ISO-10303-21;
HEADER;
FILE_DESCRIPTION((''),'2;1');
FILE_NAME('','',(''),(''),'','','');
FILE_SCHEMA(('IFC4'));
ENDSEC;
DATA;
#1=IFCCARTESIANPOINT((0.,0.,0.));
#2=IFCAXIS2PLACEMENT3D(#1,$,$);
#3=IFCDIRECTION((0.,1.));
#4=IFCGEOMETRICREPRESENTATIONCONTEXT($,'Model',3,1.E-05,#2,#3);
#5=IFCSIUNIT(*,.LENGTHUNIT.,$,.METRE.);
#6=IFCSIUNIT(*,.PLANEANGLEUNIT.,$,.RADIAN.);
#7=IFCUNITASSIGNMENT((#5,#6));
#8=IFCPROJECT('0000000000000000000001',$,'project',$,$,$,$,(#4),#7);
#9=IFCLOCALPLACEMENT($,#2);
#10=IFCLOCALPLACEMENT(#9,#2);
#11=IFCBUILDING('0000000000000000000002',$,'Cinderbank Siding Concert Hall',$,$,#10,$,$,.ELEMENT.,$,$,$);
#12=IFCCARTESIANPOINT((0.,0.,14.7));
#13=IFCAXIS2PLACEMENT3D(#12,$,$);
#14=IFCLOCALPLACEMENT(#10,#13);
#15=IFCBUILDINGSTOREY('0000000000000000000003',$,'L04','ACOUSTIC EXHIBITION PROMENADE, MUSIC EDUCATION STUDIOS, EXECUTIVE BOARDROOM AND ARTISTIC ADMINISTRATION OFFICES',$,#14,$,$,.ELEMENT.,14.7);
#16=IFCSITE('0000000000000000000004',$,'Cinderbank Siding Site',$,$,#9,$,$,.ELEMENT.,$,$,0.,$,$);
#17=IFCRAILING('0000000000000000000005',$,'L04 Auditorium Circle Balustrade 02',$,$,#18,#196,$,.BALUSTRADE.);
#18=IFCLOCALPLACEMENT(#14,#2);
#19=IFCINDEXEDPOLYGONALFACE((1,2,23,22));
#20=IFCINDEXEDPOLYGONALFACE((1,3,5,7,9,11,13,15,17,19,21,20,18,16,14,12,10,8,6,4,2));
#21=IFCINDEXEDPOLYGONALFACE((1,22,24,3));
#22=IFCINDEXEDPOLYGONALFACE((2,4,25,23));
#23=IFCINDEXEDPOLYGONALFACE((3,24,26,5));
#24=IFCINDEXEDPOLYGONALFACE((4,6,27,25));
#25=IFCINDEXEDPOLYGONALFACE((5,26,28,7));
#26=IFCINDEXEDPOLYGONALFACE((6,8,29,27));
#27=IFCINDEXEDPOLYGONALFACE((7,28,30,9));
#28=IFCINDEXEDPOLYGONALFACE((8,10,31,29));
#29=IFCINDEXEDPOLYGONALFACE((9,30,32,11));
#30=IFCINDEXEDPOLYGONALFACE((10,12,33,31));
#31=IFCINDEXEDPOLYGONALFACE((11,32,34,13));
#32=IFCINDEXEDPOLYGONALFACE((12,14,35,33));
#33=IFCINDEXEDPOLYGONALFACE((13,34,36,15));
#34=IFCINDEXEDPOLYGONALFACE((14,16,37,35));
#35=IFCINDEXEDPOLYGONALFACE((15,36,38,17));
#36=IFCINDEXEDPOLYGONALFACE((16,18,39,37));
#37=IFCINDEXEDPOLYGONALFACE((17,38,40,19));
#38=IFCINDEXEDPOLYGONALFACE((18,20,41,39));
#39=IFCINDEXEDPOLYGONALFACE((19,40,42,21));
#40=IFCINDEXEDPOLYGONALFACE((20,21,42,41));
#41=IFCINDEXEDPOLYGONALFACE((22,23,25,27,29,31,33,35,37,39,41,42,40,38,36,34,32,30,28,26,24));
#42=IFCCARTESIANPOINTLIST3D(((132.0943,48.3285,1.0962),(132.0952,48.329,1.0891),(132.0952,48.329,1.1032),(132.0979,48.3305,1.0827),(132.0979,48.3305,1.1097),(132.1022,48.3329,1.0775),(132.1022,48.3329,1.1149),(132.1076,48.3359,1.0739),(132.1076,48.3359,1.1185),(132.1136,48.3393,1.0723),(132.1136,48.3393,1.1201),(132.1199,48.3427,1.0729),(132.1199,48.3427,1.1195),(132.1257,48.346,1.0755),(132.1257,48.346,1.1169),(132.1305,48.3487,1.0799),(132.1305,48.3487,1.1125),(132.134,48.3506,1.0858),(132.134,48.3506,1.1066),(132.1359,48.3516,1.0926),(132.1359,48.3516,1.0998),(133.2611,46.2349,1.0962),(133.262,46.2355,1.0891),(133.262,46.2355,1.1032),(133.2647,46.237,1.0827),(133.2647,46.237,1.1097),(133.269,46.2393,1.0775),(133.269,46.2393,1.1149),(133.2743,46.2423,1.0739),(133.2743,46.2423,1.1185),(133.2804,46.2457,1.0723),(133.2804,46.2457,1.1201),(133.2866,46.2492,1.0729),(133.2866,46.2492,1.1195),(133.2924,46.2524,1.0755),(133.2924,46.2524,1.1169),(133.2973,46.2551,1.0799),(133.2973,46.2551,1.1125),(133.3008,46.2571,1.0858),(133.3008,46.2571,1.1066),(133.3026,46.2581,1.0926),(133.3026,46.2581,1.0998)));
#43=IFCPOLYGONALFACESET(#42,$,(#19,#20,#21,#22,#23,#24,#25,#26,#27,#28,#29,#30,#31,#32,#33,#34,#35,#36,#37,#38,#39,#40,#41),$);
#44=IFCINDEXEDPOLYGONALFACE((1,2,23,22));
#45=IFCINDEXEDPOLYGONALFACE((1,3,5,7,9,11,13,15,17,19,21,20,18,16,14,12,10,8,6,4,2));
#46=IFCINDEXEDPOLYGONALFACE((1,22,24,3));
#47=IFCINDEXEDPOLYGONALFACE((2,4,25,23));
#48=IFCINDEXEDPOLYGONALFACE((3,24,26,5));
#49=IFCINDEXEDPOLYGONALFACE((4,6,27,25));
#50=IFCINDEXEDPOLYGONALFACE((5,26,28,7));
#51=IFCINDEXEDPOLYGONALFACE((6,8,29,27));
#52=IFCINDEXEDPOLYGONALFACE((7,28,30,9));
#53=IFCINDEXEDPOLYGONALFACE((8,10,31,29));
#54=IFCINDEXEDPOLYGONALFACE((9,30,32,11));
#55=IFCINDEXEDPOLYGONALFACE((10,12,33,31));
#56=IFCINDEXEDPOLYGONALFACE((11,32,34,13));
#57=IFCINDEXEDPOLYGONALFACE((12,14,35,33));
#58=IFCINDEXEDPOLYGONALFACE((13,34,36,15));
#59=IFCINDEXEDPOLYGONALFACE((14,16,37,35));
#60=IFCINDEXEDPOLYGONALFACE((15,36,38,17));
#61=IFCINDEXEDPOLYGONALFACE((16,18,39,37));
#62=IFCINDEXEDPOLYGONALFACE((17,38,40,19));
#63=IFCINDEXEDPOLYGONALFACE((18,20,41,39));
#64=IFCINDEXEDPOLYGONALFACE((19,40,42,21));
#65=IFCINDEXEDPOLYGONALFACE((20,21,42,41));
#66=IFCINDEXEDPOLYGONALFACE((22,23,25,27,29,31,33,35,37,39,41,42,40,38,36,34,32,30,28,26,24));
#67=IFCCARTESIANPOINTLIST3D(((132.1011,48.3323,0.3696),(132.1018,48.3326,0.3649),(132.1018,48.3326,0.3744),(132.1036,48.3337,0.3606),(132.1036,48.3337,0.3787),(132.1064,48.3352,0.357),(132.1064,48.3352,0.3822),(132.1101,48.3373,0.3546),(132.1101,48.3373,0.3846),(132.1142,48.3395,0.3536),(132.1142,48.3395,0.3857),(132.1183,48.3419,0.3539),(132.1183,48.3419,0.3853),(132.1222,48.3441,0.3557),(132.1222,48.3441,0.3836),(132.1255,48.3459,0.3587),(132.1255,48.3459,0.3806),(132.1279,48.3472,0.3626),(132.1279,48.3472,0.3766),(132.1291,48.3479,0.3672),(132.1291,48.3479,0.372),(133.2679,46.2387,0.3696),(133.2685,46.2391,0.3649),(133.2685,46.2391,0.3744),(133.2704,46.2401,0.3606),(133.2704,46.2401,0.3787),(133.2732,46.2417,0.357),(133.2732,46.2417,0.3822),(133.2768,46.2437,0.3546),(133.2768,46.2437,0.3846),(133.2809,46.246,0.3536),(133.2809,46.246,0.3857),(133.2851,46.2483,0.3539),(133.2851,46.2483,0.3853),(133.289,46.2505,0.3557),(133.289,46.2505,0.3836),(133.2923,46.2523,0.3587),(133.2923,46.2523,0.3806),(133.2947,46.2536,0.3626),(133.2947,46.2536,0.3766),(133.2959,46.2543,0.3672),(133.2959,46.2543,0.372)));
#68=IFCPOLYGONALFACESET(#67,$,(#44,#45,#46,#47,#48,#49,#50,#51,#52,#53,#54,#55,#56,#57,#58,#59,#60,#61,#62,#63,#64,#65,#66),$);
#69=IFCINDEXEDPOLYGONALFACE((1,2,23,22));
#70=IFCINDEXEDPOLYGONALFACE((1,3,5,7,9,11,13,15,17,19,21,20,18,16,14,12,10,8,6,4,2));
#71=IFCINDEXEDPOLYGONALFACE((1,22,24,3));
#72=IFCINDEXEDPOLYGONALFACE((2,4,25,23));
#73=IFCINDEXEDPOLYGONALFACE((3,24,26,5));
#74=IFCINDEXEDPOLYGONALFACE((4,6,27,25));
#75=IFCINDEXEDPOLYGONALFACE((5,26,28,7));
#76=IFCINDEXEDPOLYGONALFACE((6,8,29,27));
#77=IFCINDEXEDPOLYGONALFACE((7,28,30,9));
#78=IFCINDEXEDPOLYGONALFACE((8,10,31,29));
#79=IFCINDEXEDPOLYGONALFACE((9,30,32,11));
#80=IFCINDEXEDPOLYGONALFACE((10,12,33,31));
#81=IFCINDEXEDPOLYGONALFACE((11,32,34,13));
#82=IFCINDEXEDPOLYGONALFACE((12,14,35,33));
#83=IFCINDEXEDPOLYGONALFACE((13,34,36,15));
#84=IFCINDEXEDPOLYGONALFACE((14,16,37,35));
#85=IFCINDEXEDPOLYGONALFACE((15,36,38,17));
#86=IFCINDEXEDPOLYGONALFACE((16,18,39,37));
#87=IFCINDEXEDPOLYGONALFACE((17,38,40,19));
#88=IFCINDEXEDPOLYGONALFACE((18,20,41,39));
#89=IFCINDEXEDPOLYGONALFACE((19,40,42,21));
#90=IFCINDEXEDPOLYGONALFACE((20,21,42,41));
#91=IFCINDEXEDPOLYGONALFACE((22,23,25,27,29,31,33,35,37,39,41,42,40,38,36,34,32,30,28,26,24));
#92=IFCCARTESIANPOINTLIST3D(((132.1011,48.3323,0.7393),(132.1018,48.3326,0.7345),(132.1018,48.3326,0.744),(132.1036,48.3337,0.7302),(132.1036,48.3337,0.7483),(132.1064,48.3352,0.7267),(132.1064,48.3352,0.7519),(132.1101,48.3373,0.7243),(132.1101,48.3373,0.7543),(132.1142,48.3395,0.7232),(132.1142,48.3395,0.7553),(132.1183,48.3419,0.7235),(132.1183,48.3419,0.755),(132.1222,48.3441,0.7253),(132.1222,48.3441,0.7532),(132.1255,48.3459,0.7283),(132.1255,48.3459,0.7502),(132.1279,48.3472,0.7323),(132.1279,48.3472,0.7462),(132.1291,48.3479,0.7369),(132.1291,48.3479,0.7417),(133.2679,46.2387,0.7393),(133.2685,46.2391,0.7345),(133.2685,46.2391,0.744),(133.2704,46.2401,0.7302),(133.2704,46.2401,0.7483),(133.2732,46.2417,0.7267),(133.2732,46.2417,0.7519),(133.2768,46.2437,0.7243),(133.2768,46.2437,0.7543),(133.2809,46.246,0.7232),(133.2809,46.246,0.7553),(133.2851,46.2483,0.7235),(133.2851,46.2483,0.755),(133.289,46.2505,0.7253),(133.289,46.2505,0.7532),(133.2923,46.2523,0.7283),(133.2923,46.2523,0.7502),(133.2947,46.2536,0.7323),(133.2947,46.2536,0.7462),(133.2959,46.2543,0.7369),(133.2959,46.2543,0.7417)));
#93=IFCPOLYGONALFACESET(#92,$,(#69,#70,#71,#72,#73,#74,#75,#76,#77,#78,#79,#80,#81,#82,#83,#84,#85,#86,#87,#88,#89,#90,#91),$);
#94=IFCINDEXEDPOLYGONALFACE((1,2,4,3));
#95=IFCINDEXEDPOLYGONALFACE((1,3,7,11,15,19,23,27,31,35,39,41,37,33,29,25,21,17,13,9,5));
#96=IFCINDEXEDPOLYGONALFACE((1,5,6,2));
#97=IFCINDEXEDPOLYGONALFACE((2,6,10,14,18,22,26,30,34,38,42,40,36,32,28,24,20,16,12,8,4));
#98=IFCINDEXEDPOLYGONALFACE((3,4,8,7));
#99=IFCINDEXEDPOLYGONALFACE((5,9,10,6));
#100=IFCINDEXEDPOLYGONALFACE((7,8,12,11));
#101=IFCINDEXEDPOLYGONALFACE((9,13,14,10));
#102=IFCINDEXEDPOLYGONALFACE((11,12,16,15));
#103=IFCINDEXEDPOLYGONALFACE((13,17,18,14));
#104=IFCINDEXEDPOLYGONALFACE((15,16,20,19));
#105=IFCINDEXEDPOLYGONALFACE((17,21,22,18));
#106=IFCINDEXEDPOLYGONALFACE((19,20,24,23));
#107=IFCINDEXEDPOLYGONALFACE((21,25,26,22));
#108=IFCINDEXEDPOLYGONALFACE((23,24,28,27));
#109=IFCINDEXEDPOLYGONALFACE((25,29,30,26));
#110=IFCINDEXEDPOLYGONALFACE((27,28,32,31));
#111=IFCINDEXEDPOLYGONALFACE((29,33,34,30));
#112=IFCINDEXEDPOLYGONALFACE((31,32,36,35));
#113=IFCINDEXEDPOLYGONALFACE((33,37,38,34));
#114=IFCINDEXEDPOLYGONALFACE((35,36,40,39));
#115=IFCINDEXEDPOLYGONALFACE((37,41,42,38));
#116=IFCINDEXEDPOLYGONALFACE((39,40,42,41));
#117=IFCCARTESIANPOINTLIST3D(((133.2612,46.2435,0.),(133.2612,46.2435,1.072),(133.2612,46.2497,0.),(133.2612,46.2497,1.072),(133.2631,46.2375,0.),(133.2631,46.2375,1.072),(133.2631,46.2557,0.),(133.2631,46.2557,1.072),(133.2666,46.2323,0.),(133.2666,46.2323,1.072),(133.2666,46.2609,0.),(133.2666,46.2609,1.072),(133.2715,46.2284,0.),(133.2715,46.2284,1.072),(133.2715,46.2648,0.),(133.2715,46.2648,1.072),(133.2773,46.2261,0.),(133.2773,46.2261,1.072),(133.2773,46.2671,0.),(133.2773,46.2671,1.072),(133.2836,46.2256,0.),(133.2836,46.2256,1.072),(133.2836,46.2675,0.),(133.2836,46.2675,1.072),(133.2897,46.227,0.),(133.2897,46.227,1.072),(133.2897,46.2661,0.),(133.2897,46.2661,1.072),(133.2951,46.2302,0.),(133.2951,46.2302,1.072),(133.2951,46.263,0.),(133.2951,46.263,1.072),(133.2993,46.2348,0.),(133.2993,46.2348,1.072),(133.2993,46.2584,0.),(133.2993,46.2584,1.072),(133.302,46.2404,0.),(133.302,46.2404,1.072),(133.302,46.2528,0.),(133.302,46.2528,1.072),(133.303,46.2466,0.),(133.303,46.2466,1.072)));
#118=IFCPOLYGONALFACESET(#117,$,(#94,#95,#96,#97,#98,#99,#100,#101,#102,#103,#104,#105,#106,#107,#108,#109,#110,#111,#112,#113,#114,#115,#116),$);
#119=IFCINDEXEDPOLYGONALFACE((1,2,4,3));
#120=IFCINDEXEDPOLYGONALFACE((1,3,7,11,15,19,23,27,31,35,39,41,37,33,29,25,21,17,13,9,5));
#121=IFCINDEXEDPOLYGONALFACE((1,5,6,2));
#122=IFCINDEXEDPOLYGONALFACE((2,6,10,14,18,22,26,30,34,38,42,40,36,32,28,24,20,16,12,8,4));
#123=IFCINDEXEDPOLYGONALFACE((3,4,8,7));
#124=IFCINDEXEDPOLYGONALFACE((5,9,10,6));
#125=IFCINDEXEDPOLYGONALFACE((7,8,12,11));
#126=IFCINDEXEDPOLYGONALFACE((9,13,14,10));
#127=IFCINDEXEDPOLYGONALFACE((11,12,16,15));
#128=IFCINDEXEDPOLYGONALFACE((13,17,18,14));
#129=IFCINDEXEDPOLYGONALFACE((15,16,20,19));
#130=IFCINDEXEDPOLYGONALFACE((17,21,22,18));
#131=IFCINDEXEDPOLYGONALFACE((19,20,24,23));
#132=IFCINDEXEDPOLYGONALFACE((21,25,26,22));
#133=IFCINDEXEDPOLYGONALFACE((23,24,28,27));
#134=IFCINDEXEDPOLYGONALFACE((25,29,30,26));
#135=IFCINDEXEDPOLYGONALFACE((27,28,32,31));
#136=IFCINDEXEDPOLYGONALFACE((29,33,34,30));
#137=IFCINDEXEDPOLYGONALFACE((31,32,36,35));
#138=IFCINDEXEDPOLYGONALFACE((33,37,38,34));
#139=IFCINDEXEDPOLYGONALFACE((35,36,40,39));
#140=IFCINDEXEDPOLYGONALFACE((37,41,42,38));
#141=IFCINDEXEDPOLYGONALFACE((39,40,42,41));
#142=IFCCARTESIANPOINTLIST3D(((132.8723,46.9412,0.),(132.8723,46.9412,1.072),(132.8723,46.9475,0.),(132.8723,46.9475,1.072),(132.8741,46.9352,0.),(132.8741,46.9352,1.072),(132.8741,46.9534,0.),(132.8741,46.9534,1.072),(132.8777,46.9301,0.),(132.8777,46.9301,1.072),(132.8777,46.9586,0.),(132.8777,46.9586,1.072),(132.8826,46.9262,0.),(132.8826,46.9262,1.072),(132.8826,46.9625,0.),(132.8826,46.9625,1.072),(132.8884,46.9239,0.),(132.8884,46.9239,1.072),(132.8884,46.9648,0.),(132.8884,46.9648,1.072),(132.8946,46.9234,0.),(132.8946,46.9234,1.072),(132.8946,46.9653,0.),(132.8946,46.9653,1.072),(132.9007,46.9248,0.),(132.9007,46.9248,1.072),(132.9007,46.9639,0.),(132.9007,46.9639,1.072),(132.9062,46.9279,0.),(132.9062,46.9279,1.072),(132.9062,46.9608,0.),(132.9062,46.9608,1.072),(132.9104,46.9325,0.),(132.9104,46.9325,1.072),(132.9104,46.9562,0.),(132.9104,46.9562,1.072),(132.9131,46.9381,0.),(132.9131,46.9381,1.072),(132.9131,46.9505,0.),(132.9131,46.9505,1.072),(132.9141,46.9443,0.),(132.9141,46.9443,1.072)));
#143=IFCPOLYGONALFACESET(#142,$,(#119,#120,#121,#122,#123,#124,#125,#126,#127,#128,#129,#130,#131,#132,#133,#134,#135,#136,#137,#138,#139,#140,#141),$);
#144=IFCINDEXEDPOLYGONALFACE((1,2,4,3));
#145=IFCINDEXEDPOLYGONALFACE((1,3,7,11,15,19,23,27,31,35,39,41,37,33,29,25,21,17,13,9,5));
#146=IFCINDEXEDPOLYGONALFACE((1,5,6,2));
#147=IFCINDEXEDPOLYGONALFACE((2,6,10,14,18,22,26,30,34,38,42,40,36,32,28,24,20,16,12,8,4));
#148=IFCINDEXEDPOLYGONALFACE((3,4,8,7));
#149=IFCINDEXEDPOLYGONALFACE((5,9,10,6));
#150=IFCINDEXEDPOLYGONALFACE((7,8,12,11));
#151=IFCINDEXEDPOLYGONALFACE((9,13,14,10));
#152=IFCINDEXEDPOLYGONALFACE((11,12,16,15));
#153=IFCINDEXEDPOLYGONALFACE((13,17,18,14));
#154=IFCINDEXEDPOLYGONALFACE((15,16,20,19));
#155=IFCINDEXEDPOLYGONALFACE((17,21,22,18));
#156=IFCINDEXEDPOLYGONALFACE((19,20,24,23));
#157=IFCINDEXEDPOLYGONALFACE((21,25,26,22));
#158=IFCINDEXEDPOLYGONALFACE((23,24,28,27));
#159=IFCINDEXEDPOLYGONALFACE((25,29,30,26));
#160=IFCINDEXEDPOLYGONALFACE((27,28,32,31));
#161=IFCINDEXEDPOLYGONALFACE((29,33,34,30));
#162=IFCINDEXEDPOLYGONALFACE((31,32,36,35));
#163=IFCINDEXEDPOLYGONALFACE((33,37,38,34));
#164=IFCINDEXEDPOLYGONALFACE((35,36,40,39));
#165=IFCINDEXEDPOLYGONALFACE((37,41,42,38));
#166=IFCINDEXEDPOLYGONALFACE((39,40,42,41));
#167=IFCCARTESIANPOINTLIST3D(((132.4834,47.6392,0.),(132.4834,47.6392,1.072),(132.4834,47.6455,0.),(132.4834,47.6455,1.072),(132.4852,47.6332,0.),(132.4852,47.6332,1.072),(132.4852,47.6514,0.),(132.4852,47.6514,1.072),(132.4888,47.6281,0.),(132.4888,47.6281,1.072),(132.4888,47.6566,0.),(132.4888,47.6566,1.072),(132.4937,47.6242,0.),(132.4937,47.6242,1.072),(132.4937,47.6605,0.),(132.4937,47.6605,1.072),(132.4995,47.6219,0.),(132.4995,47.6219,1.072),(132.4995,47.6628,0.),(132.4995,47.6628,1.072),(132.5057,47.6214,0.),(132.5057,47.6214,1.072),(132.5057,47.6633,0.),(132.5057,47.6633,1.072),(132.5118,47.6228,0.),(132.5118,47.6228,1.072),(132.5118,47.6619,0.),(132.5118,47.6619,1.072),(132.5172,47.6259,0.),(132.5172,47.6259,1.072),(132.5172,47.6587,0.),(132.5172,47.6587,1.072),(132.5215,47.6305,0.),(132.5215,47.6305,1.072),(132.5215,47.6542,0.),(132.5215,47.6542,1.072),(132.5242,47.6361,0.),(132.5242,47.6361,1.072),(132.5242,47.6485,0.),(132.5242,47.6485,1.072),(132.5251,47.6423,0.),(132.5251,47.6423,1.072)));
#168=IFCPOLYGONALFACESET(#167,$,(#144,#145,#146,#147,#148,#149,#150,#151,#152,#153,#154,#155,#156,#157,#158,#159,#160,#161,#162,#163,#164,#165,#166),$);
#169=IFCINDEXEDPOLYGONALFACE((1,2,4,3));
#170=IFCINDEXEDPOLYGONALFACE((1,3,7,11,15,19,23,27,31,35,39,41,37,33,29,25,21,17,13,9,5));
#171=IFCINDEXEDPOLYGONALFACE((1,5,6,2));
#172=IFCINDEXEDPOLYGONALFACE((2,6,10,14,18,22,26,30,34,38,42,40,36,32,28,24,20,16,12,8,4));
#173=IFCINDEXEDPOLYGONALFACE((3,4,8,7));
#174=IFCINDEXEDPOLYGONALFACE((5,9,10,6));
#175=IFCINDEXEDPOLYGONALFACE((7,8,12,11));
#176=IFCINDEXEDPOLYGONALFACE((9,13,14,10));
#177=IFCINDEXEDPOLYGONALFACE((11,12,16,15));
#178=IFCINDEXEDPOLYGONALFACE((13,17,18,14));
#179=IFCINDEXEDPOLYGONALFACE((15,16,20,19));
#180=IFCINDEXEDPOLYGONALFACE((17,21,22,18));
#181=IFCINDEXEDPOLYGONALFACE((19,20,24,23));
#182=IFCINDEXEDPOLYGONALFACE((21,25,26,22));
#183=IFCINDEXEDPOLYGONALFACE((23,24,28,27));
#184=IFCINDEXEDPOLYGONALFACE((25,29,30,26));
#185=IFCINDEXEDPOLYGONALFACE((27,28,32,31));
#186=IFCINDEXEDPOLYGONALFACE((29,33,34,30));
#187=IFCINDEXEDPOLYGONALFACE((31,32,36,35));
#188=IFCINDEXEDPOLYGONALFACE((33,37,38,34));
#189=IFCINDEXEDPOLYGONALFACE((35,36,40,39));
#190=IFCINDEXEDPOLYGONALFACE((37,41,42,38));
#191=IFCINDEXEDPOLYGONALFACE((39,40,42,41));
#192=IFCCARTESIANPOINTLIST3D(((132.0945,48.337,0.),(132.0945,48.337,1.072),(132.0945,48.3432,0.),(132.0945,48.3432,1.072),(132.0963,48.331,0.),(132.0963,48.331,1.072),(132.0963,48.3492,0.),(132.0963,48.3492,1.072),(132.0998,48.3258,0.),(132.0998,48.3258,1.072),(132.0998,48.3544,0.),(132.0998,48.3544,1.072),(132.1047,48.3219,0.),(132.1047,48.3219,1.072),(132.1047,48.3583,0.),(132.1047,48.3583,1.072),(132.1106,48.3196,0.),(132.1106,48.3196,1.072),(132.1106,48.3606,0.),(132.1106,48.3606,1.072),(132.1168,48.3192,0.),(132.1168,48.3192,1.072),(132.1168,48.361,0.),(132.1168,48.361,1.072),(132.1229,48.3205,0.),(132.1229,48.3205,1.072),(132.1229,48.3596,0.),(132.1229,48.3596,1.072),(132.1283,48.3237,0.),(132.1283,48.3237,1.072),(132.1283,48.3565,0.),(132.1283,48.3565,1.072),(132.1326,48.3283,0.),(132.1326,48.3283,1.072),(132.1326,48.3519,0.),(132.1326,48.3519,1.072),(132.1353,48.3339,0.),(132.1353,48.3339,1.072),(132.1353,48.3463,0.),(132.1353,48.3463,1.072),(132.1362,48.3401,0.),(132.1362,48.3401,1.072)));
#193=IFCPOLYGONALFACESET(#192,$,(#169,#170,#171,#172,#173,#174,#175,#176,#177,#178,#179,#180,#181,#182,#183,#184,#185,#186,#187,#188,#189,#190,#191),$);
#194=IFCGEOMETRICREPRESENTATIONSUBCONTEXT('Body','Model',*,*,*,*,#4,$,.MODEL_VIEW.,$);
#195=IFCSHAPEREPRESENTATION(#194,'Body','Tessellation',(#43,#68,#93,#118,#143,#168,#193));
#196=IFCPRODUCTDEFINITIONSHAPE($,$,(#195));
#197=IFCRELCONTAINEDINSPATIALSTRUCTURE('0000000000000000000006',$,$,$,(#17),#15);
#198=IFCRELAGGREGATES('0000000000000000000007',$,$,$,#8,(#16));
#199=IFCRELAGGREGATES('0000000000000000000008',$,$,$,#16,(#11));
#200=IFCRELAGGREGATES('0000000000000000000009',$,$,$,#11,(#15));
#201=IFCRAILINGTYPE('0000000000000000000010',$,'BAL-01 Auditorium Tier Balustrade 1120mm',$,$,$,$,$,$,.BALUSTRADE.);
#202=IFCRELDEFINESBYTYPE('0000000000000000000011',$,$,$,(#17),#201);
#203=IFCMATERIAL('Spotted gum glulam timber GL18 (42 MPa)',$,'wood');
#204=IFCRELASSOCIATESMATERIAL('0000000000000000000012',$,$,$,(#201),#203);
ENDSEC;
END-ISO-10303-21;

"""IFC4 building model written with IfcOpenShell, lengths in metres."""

from ifc_helpers import new_model, si_unit, direction, frame, origin, origin_2d, place, context, subcontext, project, spatial, circle, extrude, material, type_object, element, save


model = new_model("IFC4")

# Units and contexts
model_context = context("Model", 3, precision=1e-05, world=origin(), true_north=direction((0.0, 1.0)))
body_context = subcontext(model_context, "Body", "Model", "MODEL_VIEW")
ifc_project = project(units=[si_unit("LENGTHUNIT", "METRE"), si_unit("PLANEANGLEUNIT", "RADIAN")], contexts=[model_context])

# Site, building, storey
site_placement = place(None, origin())
site = spatial("IfcSite", under=ifc_project, at=site_placement, Name="Cinderbank Siding Site", CompositionType="ELEMENT", RefElevation=0.0)
building_placement = place(site_placement, origin())
building = spatial("IfcBuilding", under=site, at=building_placement, Name="Cinderbank Siding Concert Hall", CompositionType="ELEMENT")
storey_placement = place(building_placement, frame((0.0, 0.0, 14.7)))
storey = spatial("IfcBuildingStorey", under=building, at=storey_placement, Name="L04", Description="ACOUSTIC EXHIBITION PROMENADE, MUSIC EDUCATION STUDIOS, EXECUTIVE BOARDROOM AND ARTISTIC ADMINISTRATION OFFICES", CompositionType="ELEMENT", Elevation=14.7)

# Shared definitions
ifc_material_1 = material(Name="Spotted gum glulam timber GL18 (42 MPa)", Category="wood")

# Railing
railing_type_1 = type_object("IfcRailingType", Name="BAL-01 Auditorium Tier Balustrade 1120mm", PredefinedType="BALUSTRADE", material=ifc_material_1)
railing_1_placement = place(storey_placement, frame((133.282, 46.2466, 0.0)))
element("IfcRailing", 1, at=railing_1_placement, inside=storey, type_object=railing_type_1, Name="L04 Auditorium Circle Balustrade 02", PredefinedType="BALUSTRADE", context=body_context, shape_type="SweptSolid", body=[
    extrude(circle(Radius=0.0239, at=origin_2d()), frame((0.0, 0.0, 1.0962), z_axis=(-0.486819, 0.873503, 0.0), x_axis=(-0.873503, -0.486819, 0.0)), (0.0, 0.0, 1.0), 2.3967),
    extrude(circle(Radius=0.0161, at=origin_2d()), frame((0.0, 0.0, 0.3696), z_axis=(-0.486819, 0.873503, 0.0), x_axis=(-0.873503, -0.486819, 0.0)), (0.0, 0.0, 1.0), 2.3967),
    extrude(circle(Radius=0.0161, at=origin_2d()), frame((0.0, 0.0, 0.7393), z_axis=(-0.486819, 0.873503, 0.0), x_axis=(-0.873503, -0.486819, 0.0)), (0.0, 0.0, 1.0), 2.3967),
    extrude(circle(Radius=0.021, at=origin_2d()), origin(), (0.0, 0.0, 1.0), 1.072),
    extrude(circle(Radius=0.021, at=origin_2d()), frame((-0.3889, 0.6978, 0.0)), (0.0, 0.0, 1.0), 1.072),
    extrude(circle(Radius=0.021, at=origin_2d()), frame((-0.7778, 1.3958, 0.0)), (0.0, 0.0, 1.0), 1.072),
    extrude(circle(Radius=0.021, at=origin_2d()), frame((-1.1667, 2.0935, 0.0)), (0.0, 0.0, 1.0), 1.072),
])

save(model, "model.ifc")
